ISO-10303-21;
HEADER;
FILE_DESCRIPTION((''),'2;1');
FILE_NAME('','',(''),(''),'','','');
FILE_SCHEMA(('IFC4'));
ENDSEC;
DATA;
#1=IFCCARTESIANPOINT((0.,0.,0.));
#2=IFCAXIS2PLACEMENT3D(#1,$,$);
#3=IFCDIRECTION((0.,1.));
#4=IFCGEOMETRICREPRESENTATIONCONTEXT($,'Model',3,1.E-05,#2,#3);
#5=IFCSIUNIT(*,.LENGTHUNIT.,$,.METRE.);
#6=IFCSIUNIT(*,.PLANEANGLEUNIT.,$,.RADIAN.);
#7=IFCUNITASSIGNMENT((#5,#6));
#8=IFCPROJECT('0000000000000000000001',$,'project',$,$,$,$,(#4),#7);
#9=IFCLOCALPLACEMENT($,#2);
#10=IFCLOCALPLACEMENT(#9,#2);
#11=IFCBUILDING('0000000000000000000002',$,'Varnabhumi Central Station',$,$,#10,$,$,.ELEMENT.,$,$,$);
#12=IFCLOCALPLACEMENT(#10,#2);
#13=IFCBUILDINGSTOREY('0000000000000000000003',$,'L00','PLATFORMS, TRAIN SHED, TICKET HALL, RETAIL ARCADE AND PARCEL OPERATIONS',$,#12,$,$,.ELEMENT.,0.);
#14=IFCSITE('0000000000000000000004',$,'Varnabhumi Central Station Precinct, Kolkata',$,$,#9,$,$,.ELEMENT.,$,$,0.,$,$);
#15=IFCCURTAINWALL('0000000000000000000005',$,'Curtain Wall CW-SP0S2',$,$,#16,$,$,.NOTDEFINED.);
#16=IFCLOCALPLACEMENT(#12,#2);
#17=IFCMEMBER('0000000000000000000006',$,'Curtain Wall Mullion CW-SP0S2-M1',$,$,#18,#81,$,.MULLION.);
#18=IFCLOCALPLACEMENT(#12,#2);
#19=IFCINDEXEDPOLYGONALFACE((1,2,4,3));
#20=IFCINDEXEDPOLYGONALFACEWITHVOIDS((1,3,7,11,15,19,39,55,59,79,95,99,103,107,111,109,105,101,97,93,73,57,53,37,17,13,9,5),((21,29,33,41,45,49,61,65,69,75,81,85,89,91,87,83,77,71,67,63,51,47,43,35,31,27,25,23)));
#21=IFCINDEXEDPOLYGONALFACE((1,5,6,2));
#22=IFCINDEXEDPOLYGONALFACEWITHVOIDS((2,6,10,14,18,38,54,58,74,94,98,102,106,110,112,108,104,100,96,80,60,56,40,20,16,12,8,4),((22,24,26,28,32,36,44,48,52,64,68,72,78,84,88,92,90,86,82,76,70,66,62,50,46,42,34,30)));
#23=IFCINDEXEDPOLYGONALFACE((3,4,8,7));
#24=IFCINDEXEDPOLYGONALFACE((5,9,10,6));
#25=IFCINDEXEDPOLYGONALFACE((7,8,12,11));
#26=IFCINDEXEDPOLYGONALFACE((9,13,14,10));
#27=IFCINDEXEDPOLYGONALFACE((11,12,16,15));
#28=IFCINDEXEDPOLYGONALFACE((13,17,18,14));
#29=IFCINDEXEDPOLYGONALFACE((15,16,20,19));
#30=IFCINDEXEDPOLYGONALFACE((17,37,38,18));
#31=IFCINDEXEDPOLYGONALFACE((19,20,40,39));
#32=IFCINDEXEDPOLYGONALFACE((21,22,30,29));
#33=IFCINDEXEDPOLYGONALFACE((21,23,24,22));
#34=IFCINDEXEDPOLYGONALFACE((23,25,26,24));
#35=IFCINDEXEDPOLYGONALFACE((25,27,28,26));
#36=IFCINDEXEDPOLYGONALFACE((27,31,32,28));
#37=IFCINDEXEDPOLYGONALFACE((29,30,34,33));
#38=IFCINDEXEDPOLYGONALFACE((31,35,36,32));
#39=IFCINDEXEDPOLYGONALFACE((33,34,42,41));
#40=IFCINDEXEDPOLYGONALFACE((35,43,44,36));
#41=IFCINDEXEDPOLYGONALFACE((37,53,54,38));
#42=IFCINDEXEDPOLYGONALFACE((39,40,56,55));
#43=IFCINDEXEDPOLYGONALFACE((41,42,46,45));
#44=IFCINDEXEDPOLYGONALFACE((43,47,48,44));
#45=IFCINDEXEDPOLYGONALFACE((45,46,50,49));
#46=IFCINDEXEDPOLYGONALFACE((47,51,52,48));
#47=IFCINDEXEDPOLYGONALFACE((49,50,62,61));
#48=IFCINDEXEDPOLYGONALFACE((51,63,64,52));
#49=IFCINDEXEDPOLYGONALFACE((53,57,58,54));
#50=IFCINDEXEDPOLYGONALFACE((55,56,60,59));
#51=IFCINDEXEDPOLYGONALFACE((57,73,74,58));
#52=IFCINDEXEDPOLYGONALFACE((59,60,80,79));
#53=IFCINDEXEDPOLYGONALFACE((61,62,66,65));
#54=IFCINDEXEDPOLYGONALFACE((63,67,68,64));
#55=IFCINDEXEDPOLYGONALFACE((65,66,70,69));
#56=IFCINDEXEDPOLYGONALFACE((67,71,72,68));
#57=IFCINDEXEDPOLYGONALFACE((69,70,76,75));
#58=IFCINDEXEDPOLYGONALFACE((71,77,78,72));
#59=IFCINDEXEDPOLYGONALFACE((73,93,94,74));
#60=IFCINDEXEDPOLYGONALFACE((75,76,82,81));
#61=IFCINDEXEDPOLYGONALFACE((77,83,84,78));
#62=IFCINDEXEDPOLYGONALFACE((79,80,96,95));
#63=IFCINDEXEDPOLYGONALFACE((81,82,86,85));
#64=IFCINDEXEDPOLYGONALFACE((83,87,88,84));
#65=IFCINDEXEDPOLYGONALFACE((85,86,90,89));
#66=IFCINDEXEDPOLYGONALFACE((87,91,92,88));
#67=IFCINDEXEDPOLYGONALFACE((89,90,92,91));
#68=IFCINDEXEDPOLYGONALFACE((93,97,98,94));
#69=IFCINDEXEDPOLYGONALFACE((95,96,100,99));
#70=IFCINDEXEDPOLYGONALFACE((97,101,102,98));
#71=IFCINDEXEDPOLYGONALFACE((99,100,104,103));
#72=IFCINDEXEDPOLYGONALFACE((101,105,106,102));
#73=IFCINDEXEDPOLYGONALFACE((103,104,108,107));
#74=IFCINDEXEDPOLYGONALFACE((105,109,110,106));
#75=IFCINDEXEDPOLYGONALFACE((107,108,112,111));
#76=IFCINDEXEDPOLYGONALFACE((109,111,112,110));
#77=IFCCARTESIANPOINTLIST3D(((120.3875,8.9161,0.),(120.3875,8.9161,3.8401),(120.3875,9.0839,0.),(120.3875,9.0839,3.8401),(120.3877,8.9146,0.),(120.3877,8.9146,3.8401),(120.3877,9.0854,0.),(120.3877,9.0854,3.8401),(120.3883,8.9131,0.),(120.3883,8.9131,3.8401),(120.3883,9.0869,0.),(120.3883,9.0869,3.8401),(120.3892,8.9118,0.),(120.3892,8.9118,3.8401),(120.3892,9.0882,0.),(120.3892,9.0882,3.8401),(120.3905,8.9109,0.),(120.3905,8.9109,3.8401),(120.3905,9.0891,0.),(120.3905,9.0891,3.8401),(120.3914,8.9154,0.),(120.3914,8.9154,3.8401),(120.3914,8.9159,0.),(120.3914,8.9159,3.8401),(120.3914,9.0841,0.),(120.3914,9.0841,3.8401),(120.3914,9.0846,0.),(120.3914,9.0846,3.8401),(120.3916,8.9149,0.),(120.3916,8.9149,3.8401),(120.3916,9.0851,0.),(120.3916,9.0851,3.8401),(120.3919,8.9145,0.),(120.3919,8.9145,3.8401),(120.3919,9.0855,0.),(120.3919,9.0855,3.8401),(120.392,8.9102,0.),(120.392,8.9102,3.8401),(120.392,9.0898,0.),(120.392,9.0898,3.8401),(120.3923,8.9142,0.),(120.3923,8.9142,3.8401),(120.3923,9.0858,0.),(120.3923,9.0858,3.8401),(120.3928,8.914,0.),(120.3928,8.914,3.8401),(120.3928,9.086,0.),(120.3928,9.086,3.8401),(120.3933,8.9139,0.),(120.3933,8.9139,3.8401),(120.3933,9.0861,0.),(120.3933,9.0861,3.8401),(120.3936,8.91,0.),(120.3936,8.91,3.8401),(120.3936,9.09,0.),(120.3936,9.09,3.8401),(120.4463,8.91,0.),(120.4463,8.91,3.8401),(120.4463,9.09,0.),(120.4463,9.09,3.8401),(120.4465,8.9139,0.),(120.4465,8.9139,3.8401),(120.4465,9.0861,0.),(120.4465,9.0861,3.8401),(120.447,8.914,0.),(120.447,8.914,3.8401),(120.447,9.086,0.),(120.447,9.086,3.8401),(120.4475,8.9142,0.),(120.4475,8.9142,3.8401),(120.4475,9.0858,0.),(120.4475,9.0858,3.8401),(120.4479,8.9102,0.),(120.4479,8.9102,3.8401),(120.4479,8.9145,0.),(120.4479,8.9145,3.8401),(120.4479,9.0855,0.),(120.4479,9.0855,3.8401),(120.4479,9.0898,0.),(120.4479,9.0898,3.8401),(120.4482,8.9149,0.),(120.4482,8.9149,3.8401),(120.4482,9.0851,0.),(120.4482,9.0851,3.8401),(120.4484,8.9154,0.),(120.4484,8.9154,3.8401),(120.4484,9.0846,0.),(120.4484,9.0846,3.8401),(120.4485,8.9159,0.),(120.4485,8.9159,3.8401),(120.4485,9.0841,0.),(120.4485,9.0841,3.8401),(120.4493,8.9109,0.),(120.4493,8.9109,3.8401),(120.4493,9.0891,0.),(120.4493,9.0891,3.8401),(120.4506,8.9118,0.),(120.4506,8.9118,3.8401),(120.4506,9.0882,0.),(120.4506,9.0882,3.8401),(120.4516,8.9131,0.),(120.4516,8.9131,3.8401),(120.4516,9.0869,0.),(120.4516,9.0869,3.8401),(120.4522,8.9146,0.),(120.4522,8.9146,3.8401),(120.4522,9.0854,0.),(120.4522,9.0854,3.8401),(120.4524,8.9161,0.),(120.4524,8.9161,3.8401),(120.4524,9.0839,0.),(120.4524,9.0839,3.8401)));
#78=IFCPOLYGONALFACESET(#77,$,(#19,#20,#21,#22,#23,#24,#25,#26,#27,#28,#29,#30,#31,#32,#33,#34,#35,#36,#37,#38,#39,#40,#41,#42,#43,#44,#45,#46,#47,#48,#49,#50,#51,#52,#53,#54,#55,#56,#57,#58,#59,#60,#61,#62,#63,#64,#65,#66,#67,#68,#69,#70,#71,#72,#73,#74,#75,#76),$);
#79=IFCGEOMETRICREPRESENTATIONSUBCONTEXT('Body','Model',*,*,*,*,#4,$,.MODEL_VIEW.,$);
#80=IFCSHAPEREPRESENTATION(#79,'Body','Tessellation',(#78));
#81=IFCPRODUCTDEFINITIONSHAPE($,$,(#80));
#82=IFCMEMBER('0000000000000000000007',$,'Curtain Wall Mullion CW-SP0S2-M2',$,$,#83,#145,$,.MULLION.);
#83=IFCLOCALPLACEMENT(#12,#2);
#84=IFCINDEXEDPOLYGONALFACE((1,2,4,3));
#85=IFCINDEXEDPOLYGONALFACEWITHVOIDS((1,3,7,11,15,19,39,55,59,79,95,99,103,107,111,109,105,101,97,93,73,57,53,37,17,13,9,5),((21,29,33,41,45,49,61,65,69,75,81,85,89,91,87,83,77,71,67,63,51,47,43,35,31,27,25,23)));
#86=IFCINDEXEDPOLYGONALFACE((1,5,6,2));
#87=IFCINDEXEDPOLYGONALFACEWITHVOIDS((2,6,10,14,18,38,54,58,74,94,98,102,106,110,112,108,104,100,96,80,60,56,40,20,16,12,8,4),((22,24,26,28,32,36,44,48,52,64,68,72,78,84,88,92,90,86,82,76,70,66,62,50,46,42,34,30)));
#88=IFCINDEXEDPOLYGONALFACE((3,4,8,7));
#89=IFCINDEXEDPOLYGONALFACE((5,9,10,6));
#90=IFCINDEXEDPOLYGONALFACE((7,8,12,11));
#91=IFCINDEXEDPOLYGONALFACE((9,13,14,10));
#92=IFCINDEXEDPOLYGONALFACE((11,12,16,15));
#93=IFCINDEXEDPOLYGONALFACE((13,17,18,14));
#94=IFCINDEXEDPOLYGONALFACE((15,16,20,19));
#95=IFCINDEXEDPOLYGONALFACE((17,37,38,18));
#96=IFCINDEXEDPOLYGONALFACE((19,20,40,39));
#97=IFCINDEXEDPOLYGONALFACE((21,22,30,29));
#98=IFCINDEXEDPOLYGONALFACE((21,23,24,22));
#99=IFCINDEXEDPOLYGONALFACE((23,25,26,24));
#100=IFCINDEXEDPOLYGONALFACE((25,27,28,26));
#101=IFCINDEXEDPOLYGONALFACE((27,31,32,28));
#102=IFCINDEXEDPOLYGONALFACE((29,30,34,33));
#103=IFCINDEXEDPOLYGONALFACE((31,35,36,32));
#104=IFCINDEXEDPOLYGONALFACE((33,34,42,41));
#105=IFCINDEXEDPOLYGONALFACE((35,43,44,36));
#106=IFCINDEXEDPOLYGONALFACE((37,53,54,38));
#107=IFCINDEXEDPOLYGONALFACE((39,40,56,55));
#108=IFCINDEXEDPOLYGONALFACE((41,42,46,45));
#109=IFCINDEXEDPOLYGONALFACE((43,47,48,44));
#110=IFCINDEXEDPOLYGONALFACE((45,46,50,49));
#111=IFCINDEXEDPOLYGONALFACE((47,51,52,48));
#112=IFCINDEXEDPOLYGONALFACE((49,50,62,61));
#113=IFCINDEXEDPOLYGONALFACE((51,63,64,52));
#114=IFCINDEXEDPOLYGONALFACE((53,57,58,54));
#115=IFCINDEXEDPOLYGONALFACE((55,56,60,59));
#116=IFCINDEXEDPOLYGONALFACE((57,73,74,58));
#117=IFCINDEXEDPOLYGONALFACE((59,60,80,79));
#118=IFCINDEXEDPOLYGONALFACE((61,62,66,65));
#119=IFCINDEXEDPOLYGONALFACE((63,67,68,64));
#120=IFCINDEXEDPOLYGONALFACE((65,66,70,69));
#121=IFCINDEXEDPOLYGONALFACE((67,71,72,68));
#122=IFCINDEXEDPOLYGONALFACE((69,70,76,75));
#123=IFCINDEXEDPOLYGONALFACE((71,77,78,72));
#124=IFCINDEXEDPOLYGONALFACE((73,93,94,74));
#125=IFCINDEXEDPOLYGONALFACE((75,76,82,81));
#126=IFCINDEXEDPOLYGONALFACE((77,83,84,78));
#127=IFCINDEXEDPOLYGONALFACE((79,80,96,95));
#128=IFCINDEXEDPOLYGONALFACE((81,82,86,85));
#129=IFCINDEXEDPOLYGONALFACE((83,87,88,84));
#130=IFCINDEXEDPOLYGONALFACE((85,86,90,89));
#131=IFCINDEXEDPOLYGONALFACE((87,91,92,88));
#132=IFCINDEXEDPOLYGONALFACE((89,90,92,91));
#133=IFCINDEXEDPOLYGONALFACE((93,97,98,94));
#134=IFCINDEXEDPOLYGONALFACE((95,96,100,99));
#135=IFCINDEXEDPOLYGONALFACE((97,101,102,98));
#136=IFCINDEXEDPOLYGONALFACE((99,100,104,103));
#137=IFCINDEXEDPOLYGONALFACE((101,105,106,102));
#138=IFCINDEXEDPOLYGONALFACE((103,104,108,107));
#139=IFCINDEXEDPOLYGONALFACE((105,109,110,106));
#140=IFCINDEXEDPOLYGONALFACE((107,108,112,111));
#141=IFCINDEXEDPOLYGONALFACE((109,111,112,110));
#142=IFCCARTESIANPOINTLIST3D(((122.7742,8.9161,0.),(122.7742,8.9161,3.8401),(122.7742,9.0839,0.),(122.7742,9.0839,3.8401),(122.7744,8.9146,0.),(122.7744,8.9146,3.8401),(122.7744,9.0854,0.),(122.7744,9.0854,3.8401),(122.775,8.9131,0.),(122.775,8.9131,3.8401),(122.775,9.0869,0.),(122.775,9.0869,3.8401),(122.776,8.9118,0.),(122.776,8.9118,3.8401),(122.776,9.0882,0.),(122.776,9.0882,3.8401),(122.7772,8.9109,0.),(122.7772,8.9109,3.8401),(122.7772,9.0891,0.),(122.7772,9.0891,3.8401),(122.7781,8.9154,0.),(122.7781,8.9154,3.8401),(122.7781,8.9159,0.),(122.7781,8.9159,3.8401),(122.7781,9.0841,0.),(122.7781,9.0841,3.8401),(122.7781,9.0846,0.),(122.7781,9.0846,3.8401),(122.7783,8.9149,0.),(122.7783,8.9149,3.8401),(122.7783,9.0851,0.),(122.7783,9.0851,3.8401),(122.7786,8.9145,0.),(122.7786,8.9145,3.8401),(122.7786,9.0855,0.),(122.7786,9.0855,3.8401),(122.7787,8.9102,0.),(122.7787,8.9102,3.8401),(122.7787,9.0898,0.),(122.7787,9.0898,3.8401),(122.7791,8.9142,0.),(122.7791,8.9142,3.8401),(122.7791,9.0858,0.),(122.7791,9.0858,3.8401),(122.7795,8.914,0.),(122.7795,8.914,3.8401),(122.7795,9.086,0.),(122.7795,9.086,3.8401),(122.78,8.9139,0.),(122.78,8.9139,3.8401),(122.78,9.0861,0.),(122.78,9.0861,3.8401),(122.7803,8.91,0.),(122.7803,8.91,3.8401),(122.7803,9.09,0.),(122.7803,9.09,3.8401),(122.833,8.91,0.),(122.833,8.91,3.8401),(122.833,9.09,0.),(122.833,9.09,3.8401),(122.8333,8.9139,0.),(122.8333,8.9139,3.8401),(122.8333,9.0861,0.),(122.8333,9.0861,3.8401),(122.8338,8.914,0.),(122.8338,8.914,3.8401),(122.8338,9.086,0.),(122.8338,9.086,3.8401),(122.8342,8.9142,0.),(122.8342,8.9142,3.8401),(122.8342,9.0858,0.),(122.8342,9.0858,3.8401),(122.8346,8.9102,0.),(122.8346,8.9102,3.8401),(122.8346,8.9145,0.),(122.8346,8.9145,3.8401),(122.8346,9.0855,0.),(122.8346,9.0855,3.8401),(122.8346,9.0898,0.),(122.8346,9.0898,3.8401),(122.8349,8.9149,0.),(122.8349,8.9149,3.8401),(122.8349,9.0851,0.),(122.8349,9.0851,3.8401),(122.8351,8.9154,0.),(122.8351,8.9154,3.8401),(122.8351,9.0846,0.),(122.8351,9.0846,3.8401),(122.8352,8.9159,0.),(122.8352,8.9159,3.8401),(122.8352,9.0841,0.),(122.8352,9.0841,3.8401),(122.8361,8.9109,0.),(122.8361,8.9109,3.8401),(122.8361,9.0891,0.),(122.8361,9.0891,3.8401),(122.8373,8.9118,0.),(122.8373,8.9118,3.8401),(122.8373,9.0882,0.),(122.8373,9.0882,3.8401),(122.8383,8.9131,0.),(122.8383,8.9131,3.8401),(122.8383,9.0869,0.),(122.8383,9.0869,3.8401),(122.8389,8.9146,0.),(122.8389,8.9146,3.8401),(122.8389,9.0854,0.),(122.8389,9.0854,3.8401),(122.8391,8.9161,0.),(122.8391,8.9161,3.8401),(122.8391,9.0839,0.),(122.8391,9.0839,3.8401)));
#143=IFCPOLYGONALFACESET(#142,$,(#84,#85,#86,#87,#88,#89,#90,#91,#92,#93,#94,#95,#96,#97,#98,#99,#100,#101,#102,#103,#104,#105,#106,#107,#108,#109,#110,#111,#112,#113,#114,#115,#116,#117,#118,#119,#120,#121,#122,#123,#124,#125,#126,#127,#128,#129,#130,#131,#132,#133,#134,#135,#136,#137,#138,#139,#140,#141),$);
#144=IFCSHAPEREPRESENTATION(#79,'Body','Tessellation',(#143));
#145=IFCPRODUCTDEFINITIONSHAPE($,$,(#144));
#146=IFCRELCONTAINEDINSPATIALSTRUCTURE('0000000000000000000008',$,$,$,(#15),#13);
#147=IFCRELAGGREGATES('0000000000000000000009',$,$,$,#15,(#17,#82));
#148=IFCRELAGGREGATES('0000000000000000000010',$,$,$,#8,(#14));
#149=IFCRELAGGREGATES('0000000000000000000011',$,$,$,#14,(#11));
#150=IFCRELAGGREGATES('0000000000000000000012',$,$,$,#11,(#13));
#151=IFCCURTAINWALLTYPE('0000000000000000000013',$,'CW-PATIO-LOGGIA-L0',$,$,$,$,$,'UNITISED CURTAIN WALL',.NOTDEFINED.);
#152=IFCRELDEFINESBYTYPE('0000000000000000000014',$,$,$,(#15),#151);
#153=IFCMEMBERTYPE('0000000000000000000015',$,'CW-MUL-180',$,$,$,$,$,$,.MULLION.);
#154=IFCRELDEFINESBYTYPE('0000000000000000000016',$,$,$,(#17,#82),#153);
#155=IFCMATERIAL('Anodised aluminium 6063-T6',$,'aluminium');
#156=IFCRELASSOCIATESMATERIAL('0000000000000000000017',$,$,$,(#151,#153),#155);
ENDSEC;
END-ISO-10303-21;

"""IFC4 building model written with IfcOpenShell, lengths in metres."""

from ifc_helpers import new_model, si_unit, direction, frame, origin, origin_2d, place, context, subcontext, project, spatial, hollow_rectangle, extrude, material, material_profile, profile_set, type_object, element, aggregate, save


model = new_model("IFC4")

# Units and contexts
model_context = context("Model", 3, precision=1e-05, world=origin(), true_north=direction((0.0, 1.0)))
body_context = subcontext(model_context, "Body", "Model", "MODEL_VIEW")
ifc_project = project(units=[si_unit("LENGTHUNIT", "METRE"), si_unit("PLANEANGLEUNIT", "RADIAN")], contexts=[model_context])

# Site, building, storey
site_placement = place(None, origin())
site = spatial("IfcSite", under=ifc_project, at=site_placement, Name="Varnabhumi Central Station Precinct, Kolkata", CompositionType="ELEMENT", RefElevation=0.0)
building_placement = place(site_placement, origin())
building = spatial("IfcBuilding", under=site, at=building_placement, Name="Varnabhumi Central Station", CompositionType="ELEMENT")
storey_placement = place(building_placement, origin())
storey = spatial("IfcBuildingStorey", under=building, at=storey_placement, Name="L00", Description="PLATFORMS, TRAIN SHED, TICKET HALL, RETAIL ARCADE AND PARCEL OPERATIONS", CompositionType="ELEMENT", Elevation=0.0)

# Curtain wall, members
ifc_material_1 = material(Name="Anodised aluminium 6063-T6", Category="aluminium")
curtain_wall_type = type_object("IfcCurtainWallType", Name="CW-PATIO-LOGGIA-L0", ElementType="UNITISED CURTAIN WALL", PredefinedType="NOTDEFINED", material=ifc_material_1)
curtain_wall_placement = place(storey_placement, origin())
curtain_wall = element("IfcCurtainWall", 1, at=curtain_wall_placement, inside=storey, type_object=curtain_wall_type, Name="Curtain Wall CW-SP0S2", PredefinedType="NOTDEFINED")
ifc_material_profile_1 = material_profile(ifc_material_1, hollow_rectangle(XDim=0.0649, YDim=0.1799, WallThickness=0.0039, InnerFilletRadius=0.002, OuterFilletRadius=0.0061, at=origin_2d()), Name="Anodised aluminium 6063-T6", Category="aluminium")
ifc_profile_set_1 = profile_set([ifc_material_profile_1], Name="Anodised aluminium 6063-T6")
member_type_1 = type_object("IfcMemberType", Name="CW-MUL-180", PredefinedType="MULLION", material=ifc_profile_set_1)
member_1_placement = place(storey_placement, frame((120.4199, 9.0, 0.0), z_axis=(0.0, 0.0, 1.0), x_axis=(1.0, 0.0, 0.0)))
member_1 = element("IfcMember", 2, at=member_1_placement, type_object=member_type_1, Name="Curtain Wall Mullion CW-SP0S2-M1", PredefinedType="MULLION", context=body_context, shape_type="SweptSolid", body=[
    extrude(hollow_rectangle(XDim=0.0649, YDim=0.1799, WallThickness=0.0039, InnerFilletRadius=0.002, OuterFilletRadius=0.0061, at=origin_2d()), origin(), (0.0, 0.0, 1.0), 3.8401),
])
member_2_placement = place(storey_placement, frame((122.8066, 9.0, 0.0), z_axis=(0.0, 0.0, 1.0), x_axis=(1.0, 0.0, 0.0)))
member_2 = element("IfcMember", 3, at=member_2_placement, type_object=member_type_1, Name="Curtain Wall Mullion CW-SP0S2-M2", PredefinedType="MULLION", context=body_context, shape_type="SweptSolid", body=[
    extrude(hollow_rectangle(XDim=0.0649, YDim=0.1799, WallThickness=0.0039, InnerFilletRadius=0.002, OuterFilletRadius=0.0061, at=origin_2d()), origin(), (0.0, 0.0, 1.0), 3.8401),
])
aggregate(curtain_wall, [member_1, member_2])

save(model, "model.ifc")
